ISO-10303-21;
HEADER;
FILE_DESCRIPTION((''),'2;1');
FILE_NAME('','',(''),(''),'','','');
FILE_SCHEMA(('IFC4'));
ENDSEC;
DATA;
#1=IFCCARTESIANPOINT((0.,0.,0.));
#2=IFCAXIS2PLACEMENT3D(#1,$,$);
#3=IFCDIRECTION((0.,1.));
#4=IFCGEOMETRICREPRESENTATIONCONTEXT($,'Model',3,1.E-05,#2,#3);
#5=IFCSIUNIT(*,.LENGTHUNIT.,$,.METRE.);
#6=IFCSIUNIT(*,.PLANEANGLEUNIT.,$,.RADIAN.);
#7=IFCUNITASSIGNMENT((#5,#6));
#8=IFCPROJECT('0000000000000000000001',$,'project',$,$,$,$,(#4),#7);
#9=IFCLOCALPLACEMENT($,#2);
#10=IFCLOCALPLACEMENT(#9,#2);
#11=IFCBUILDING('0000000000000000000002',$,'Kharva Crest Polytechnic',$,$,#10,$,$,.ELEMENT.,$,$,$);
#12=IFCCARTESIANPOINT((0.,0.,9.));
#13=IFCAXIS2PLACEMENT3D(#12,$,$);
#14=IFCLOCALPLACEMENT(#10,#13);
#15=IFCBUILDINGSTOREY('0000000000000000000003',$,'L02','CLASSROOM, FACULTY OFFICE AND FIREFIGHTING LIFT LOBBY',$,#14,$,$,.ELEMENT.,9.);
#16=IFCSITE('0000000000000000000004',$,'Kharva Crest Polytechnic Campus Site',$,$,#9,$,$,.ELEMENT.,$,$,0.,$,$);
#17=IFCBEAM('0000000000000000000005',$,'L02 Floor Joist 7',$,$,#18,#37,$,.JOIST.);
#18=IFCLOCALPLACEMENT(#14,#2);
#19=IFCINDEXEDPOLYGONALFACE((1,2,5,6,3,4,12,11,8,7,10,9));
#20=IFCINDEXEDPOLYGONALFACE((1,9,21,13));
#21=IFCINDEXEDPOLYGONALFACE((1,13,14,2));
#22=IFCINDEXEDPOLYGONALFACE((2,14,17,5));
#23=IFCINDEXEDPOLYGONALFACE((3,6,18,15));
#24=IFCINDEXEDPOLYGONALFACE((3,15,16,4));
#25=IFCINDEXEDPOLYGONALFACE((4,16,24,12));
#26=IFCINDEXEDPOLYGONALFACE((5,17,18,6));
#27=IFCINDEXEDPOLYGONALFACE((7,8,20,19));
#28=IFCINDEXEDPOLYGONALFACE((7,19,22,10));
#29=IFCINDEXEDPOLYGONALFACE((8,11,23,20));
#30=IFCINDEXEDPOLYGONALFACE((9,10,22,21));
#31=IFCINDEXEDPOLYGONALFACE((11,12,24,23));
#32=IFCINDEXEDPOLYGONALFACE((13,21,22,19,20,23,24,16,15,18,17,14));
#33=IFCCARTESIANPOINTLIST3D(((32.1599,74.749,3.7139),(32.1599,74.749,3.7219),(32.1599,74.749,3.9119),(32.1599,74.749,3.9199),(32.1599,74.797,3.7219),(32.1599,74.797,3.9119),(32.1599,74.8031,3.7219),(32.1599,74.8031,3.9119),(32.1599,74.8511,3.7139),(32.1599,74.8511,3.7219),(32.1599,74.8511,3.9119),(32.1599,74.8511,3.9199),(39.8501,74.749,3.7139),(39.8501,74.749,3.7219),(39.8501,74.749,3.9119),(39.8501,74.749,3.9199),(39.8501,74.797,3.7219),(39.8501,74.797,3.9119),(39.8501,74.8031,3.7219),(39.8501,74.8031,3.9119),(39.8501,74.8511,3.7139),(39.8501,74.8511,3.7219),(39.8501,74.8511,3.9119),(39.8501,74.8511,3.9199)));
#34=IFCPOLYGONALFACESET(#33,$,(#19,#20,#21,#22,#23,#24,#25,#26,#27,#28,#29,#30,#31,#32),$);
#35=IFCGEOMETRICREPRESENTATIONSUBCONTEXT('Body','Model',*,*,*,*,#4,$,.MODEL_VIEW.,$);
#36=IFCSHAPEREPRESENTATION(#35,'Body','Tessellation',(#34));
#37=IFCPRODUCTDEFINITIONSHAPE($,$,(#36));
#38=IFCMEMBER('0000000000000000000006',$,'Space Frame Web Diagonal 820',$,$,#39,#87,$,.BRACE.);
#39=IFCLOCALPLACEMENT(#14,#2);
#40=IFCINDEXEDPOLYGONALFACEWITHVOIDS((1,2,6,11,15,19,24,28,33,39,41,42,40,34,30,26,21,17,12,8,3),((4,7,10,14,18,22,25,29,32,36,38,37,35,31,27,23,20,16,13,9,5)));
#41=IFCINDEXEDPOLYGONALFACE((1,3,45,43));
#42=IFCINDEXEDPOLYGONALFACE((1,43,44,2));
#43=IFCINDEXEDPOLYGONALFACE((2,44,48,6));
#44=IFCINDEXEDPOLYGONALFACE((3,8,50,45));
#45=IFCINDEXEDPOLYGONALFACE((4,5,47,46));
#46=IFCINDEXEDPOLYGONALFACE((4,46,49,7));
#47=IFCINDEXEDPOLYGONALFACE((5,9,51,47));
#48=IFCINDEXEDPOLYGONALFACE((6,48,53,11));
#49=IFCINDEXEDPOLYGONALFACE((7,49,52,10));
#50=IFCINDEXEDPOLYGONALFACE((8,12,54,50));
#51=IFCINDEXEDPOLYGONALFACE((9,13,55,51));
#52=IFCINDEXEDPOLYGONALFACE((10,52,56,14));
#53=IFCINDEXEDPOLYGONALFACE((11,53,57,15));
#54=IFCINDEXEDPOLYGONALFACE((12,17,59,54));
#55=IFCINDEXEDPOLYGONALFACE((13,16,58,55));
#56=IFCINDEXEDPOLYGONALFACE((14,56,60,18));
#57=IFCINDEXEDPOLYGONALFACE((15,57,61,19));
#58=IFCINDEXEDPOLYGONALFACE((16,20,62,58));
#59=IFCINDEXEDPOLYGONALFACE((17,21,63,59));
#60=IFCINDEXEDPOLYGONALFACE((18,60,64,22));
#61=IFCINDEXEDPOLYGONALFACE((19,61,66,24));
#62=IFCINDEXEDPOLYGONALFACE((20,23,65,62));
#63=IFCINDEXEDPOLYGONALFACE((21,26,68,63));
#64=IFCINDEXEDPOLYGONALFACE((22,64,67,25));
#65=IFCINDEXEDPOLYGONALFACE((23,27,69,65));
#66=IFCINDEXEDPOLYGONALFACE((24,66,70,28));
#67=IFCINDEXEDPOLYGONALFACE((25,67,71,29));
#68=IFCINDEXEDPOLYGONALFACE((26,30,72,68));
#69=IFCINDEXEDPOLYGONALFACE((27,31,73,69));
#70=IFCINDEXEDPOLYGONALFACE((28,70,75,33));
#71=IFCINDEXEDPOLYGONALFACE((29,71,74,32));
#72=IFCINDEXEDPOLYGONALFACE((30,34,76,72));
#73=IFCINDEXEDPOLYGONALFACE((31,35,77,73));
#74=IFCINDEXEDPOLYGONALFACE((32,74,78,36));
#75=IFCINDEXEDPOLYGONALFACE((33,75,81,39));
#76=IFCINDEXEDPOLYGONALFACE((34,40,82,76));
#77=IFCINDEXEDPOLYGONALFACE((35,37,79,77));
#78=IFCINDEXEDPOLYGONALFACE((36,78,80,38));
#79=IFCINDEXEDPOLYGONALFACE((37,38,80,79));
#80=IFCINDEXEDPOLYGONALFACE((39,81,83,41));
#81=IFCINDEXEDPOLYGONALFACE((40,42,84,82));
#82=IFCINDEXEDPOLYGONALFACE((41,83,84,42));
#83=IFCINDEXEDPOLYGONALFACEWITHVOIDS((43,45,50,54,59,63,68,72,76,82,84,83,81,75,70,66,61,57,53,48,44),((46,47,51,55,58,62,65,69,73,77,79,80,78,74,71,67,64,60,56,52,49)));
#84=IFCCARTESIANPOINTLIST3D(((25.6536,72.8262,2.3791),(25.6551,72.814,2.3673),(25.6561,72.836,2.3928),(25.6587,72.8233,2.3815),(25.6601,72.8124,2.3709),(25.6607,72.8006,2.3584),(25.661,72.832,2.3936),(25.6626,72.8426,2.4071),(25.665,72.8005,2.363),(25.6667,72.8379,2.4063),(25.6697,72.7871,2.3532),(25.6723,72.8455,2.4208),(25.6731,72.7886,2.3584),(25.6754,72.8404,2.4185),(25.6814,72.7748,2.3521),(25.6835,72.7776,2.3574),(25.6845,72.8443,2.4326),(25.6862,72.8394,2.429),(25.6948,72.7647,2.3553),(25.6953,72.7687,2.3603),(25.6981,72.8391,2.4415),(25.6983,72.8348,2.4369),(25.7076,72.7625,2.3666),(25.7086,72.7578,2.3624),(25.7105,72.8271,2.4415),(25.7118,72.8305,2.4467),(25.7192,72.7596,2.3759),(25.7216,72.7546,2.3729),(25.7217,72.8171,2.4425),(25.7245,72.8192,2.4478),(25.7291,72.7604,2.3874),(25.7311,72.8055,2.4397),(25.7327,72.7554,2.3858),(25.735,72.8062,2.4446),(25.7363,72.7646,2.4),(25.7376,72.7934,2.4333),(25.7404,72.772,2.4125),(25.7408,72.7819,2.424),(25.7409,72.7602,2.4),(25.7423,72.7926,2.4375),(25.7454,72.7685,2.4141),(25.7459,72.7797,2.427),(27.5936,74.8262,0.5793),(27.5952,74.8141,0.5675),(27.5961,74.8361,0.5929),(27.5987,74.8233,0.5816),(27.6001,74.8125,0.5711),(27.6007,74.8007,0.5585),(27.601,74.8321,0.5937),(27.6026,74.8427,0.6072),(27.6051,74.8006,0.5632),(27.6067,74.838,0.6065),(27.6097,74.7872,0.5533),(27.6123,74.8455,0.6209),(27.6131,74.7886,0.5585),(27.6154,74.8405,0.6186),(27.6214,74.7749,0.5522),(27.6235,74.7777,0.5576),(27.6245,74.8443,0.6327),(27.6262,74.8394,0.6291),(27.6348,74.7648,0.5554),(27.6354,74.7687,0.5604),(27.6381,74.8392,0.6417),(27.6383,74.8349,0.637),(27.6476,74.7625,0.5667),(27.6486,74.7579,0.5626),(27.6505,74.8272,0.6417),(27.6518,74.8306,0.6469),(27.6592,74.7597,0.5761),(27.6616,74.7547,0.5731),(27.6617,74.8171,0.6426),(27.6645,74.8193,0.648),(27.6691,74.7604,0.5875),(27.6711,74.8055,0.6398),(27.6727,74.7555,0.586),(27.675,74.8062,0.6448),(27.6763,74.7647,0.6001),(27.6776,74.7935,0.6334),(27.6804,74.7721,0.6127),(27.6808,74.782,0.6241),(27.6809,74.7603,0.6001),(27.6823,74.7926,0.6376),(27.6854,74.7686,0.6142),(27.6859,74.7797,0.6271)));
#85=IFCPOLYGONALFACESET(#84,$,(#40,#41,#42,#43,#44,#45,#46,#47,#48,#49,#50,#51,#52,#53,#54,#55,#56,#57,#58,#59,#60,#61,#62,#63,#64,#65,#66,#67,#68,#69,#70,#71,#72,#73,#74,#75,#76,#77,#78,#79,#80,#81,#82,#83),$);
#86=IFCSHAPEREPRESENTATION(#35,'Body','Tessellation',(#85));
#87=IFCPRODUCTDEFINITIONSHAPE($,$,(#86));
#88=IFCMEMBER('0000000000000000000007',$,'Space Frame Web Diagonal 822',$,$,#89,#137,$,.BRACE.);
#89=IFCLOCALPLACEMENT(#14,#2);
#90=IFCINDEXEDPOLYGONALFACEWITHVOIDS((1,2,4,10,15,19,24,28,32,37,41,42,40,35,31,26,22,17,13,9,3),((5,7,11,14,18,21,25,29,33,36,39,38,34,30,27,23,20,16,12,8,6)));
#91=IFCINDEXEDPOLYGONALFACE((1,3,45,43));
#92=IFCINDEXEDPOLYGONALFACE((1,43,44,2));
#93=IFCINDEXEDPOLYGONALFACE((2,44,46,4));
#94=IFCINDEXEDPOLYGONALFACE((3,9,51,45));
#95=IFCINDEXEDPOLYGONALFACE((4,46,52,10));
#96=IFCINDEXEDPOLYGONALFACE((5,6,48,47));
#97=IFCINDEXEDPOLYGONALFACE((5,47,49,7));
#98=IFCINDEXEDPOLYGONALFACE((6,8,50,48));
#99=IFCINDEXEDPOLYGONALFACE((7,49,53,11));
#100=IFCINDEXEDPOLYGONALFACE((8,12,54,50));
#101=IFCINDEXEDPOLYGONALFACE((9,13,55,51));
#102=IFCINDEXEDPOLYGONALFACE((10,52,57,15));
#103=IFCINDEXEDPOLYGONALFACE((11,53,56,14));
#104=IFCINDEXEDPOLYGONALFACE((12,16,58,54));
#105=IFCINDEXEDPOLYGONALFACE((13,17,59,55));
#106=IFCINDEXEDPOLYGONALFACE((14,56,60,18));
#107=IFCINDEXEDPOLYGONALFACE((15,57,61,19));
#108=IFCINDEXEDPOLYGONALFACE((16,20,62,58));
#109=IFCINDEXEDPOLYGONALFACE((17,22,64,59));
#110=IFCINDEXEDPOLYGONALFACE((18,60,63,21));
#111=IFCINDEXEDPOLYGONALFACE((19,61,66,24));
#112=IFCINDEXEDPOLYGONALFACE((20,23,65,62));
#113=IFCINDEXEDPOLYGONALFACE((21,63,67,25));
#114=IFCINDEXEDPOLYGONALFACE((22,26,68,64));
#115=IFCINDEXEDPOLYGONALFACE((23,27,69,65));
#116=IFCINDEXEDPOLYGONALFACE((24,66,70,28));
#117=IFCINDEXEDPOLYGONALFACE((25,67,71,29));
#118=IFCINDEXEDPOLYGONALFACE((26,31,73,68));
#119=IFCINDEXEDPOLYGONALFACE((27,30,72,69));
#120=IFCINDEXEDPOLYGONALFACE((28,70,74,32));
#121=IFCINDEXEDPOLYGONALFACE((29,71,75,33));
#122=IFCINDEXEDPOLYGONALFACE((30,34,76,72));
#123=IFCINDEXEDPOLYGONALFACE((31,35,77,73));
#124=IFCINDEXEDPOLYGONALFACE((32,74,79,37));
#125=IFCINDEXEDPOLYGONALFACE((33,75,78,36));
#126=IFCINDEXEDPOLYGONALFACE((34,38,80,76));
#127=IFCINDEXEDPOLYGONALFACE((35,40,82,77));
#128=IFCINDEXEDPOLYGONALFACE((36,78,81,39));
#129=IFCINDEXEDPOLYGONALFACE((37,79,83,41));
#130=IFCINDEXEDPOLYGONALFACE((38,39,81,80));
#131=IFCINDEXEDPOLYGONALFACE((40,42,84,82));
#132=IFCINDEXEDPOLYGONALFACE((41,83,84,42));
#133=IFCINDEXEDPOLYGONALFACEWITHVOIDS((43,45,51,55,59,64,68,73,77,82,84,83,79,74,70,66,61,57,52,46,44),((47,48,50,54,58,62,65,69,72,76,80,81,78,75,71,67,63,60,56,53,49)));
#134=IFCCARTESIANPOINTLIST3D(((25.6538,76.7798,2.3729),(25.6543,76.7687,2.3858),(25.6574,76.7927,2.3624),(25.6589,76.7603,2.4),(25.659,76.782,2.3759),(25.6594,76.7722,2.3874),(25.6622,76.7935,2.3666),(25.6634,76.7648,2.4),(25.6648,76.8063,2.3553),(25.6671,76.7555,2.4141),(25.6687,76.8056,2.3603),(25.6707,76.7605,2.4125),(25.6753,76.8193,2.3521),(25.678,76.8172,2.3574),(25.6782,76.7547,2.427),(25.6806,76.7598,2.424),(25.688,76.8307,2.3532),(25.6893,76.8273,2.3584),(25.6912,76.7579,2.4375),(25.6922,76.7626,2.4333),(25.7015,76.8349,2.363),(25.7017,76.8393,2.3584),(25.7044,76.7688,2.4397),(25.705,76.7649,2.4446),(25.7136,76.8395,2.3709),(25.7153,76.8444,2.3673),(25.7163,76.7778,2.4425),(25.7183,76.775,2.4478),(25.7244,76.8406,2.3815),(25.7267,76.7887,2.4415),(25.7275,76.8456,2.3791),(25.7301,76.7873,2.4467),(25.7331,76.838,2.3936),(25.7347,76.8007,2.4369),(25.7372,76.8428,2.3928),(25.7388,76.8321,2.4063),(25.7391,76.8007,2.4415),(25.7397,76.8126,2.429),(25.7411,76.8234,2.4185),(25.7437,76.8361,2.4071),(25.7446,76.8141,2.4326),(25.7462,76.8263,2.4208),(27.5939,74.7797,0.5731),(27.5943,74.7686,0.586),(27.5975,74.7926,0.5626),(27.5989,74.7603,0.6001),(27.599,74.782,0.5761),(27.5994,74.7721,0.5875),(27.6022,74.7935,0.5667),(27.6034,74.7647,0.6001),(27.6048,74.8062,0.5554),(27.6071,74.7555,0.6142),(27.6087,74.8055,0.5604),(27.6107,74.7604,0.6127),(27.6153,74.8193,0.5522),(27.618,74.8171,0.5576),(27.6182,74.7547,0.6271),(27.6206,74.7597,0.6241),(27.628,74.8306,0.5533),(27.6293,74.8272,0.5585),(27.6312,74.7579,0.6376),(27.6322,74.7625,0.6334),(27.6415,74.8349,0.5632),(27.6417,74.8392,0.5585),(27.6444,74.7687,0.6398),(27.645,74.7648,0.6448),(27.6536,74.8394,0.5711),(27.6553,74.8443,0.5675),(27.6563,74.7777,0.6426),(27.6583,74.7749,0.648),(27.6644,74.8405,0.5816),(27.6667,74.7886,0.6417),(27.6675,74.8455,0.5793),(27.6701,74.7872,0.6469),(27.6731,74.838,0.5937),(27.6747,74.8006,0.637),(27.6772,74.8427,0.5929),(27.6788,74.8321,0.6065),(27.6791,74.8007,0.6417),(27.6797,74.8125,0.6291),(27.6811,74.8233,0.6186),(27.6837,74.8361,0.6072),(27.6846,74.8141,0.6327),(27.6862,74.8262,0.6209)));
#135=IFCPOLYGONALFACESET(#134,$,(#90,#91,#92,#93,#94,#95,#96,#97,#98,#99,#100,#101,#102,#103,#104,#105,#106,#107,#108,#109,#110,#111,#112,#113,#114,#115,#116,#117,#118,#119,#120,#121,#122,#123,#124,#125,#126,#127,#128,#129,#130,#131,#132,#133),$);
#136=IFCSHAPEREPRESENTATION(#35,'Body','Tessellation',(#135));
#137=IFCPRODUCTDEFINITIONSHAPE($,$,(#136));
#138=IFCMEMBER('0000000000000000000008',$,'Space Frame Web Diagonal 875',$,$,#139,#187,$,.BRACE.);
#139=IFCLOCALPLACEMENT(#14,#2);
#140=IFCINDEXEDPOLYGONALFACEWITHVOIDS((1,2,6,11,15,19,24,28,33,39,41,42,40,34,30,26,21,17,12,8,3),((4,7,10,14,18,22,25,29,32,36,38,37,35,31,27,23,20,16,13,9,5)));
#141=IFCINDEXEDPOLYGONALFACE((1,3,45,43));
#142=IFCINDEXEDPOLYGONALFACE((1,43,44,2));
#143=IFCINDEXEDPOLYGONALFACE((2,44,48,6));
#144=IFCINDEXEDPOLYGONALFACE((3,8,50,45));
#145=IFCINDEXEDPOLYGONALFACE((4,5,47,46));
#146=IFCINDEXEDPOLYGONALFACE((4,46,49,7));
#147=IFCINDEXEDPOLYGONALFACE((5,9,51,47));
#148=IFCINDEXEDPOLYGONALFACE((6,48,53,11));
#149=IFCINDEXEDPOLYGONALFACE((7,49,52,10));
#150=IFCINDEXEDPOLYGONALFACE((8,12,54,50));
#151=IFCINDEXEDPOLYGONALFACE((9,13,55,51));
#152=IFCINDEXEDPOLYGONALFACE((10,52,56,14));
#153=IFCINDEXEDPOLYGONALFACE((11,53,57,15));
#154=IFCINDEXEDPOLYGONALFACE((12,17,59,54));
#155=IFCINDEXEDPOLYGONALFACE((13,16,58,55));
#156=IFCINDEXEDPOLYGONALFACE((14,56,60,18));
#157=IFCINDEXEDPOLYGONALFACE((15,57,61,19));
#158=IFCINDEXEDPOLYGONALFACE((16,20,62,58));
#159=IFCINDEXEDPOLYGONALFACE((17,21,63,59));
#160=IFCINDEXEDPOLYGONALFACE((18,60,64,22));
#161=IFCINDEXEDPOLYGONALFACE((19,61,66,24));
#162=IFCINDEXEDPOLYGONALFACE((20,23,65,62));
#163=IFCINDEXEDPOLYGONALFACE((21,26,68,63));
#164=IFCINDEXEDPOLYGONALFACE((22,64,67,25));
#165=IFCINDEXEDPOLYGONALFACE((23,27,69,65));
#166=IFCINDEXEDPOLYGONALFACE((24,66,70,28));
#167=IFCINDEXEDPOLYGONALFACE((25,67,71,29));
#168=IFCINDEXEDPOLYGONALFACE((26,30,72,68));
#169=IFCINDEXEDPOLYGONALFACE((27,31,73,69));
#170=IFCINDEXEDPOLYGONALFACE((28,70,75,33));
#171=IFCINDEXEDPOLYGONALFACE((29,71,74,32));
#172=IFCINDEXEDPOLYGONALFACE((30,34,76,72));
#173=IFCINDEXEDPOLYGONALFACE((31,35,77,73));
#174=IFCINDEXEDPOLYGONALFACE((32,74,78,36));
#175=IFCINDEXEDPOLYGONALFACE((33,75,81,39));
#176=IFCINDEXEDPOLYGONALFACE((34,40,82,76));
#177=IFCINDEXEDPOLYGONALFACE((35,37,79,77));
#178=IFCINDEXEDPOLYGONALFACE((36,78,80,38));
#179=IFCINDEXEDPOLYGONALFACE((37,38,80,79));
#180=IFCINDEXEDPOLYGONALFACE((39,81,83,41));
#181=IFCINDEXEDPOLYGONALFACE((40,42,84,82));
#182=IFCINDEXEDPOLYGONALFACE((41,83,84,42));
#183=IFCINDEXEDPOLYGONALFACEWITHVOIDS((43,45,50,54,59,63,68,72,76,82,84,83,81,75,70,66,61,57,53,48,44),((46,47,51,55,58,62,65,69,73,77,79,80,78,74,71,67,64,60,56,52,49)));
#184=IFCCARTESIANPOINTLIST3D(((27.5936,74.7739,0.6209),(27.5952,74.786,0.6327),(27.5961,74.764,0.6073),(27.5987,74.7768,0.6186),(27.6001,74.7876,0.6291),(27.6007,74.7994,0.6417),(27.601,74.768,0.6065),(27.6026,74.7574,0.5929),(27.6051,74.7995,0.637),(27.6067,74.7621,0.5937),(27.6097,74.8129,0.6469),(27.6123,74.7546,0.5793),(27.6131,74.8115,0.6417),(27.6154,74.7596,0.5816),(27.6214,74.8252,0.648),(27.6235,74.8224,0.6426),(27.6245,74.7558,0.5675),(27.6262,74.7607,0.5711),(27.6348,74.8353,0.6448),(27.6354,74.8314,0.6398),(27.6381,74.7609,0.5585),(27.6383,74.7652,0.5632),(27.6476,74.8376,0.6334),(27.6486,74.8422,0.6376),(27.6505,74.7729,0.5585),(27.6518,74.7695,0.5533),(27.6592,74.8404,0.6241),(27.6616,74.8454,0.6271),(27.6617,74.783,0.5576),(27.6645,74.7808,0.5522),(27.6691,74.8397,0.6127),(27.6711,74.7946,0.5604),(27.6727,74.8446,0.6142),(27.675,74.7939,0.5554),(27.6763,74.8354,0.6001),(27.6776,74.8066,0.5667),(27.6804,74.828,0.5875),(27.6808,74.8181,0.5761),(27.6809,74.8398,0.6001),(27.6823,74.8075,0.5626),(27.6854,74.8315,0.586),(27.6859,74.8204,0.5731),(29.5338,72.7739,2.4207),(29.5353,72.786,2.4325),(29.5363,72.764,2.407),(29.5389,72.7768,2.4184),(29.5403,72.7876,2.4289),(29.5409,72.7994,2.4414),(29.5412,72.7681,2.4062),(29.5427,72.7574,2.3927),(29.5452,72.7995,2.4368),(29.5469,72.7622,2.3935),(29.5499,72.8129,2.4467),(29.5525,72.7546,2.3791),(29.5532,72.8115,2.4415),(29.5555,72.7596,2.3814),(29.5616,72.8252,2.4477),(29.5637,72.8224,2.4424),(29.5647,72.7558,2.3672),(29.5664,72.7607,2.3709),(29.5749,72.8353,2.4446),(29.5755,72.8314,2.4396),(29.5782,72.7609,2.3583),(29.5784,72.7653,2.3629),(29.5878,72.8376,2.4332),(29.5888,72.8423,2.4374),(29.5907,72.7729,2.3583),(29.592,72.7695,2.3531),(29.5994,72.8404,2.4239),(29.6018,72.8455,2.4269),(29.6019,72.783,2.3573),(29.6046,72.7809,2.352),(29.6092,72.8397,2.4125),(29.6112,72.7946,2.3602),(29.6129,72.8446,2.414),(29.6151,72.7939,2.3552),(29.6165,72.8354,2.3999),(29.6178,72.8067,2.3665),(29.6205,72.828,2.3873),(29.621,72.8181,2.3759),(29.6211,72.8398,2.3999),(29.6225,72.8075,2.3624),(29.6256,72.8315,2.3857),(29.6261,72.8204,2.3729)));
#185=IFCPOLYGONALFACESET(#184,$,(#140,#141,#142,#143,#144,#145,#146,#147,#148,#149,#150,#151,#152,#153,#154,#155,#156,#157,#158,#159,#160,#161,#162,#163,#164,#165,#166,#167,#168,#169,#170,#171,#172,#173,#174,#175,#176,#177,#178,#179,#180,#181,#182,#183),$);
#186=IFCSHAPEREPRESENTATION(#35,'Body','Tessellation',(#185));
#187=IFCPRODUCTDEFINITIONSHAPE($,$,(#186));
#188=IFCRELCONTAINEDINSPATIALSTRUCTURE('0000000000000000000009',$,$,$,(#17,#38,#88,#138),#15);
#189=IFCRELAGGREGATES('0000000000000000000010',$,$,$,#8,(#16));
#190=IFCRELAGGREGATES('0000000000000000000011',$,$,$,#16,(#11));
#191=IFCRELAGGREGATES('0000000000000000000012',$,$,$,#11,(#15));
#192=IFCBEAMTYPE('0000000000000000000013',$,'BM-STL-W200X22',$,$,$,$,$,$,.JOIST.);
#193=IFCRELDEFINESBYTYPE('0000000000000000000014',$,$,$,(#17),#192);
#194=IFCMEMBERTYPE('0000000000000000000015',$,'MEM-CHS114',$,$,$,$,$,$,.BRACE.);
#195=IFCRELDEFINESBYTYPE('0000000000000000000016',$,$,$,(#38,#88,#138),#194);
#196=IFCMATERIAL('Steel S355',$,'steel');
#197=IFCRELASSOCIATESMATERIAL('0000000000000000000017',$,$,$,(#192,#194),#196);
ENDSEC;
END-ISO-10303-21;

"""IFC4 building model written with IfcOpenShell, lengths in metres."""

from ifc_helpers import new_model, si_unit, direction, frame, origin, origin_2d, place, context, subcontext, project, spatial, hollow_circle, i_section, extrude, material, material_profile, profile_set, type_object, element, save


model = new_model("IFC4")

# Units and contexts
model_context = context("Model", 3, precision=1e-05, world=origin(), true_north=direction((0.0, 1.0)))
body_context = subcontext(model_context, "Body", "Model", "MODEL_VIEW")
ifc_project = project(units=[si_unit("LENGTHUNIT", "METRE"), si_unit("PLANEANGLEUNIT", "RADIAN")], contexts=[model_context])

# Site, building, storey
site_placement = place(None, origin())
site = spatial("IfcSite", under=ifc_project, at=site_placement, Name="Kharva Crest Polytechnic Campus Site", CompositionType="ELEMENT", RefElevation=0.0)
building_placement = place(site_placement, origin())
building = spatial("IfcBuilding", under=site, at=building_placement, Name="Kharva Crest Polytechnic", CompositionType="ELEMENT")
storey_placement = place(building_placement, frame((0.0, 0.0, 9.0)))
storey = spatial("IfcBuildingStorey", under=building, at=storey_placement, Name="L02", Description="CLASSROOM, FACULTY OFFICE AND FIREFIGHTING LIFT LOBBY", CompositionType="ELEMENT", Elevation=9.0)

# Beam
ifc_material_1 = material(Name="Steel S355", Category="steel")
ifc_material_profile_1 = material_profile(ifc_material_1, i_section(OverallWidth=0.1021, OverallDepth=0.2061, WebThickness=0.0061, FlangeThickness=0.0081, at=origin_2d()), Name="W200X22.5")
ifc_profile_set_1 = profile_set([ifc_material_profile_1], Name="Steel S355")
beam_type = type_object("IfcBeamType", Name="BM-STL-W200X22", PredefinedType="JOIST", material=ifc_profile_set_1)
beam_placement = place(storey_placement, frame((32.1599, 74.8, 3.8169), z_axis=(1.0, 0.0, 0.0), x_axis=(0.0, 1.0, 0.0)))
element("IfcBeam", 1, at=beam_placement, inside=storey, type_object=beam_type, Name="L02 Floor Joist 7", PredefinedType="JOIST", context=body_context, shape_type="SweptSolid", body=[
    extrude(i_section(OverallWidth=0.1021, OverallDepth=0.2061, WebThickness=0.0061, FlangeThickness=0.0081, at=origin_2d()), origin(), (0.0, 0.0, 1.0), 7.6902),
])

# Members
ifc_material_profile_2 = material_profile(ifc_material_1, hollow_circle(Radius=0.0571, WallThickness=0.0063, at=origin_2d()), Name="CHS 114.3X6.3")
ifc_profile_set_2 = profile_set([ifc_material_profile_2], Name="Steel S355")
member_type_1 = type_object("IfcMemberType", Name="MEM-CHS114", PredefinedType="BRACE", material=ifc_profile_set_2)
for number, where, z_axis, x_axis, name in (
    (2, (27.6399, 74.8, 0.6001), (-0.584843, -0.60295, 0.542596), (0.717802, -0.696247, 0.0), "Space Frame Web Diagonal 820"),
    (3, (27.6399, 74.8, 0.6001), (-0.584843, 0.60295, 0.542596), (-0.717802, -0.696247, 0.0), "Space Frame Web Diagonal 822"),
    (4, (27.6399, 74.8, 0.6001), (0.584892, -0.602924, 0.542572), (0.717758, 0.696292, 0.0), "Space Frame Web Diagonal 875"),
):
    element("IfcMember", number, at=place(storey_placement, frame(where, z_axis=z_axis, x_axis=x_axis)), inside=storey, type_object=member_type_1, Name=name, PredefinedType="BRACE", context=body_context, shape_type="SweptSolid", body=[
        extrude(hollow_circle(Radius=0.0571, WallThickness=0.0063, at=origin_2d()), origin(), (0.0, 0.0, 1.0), 3.3171),
    ])

save(model, "model.ifc")
